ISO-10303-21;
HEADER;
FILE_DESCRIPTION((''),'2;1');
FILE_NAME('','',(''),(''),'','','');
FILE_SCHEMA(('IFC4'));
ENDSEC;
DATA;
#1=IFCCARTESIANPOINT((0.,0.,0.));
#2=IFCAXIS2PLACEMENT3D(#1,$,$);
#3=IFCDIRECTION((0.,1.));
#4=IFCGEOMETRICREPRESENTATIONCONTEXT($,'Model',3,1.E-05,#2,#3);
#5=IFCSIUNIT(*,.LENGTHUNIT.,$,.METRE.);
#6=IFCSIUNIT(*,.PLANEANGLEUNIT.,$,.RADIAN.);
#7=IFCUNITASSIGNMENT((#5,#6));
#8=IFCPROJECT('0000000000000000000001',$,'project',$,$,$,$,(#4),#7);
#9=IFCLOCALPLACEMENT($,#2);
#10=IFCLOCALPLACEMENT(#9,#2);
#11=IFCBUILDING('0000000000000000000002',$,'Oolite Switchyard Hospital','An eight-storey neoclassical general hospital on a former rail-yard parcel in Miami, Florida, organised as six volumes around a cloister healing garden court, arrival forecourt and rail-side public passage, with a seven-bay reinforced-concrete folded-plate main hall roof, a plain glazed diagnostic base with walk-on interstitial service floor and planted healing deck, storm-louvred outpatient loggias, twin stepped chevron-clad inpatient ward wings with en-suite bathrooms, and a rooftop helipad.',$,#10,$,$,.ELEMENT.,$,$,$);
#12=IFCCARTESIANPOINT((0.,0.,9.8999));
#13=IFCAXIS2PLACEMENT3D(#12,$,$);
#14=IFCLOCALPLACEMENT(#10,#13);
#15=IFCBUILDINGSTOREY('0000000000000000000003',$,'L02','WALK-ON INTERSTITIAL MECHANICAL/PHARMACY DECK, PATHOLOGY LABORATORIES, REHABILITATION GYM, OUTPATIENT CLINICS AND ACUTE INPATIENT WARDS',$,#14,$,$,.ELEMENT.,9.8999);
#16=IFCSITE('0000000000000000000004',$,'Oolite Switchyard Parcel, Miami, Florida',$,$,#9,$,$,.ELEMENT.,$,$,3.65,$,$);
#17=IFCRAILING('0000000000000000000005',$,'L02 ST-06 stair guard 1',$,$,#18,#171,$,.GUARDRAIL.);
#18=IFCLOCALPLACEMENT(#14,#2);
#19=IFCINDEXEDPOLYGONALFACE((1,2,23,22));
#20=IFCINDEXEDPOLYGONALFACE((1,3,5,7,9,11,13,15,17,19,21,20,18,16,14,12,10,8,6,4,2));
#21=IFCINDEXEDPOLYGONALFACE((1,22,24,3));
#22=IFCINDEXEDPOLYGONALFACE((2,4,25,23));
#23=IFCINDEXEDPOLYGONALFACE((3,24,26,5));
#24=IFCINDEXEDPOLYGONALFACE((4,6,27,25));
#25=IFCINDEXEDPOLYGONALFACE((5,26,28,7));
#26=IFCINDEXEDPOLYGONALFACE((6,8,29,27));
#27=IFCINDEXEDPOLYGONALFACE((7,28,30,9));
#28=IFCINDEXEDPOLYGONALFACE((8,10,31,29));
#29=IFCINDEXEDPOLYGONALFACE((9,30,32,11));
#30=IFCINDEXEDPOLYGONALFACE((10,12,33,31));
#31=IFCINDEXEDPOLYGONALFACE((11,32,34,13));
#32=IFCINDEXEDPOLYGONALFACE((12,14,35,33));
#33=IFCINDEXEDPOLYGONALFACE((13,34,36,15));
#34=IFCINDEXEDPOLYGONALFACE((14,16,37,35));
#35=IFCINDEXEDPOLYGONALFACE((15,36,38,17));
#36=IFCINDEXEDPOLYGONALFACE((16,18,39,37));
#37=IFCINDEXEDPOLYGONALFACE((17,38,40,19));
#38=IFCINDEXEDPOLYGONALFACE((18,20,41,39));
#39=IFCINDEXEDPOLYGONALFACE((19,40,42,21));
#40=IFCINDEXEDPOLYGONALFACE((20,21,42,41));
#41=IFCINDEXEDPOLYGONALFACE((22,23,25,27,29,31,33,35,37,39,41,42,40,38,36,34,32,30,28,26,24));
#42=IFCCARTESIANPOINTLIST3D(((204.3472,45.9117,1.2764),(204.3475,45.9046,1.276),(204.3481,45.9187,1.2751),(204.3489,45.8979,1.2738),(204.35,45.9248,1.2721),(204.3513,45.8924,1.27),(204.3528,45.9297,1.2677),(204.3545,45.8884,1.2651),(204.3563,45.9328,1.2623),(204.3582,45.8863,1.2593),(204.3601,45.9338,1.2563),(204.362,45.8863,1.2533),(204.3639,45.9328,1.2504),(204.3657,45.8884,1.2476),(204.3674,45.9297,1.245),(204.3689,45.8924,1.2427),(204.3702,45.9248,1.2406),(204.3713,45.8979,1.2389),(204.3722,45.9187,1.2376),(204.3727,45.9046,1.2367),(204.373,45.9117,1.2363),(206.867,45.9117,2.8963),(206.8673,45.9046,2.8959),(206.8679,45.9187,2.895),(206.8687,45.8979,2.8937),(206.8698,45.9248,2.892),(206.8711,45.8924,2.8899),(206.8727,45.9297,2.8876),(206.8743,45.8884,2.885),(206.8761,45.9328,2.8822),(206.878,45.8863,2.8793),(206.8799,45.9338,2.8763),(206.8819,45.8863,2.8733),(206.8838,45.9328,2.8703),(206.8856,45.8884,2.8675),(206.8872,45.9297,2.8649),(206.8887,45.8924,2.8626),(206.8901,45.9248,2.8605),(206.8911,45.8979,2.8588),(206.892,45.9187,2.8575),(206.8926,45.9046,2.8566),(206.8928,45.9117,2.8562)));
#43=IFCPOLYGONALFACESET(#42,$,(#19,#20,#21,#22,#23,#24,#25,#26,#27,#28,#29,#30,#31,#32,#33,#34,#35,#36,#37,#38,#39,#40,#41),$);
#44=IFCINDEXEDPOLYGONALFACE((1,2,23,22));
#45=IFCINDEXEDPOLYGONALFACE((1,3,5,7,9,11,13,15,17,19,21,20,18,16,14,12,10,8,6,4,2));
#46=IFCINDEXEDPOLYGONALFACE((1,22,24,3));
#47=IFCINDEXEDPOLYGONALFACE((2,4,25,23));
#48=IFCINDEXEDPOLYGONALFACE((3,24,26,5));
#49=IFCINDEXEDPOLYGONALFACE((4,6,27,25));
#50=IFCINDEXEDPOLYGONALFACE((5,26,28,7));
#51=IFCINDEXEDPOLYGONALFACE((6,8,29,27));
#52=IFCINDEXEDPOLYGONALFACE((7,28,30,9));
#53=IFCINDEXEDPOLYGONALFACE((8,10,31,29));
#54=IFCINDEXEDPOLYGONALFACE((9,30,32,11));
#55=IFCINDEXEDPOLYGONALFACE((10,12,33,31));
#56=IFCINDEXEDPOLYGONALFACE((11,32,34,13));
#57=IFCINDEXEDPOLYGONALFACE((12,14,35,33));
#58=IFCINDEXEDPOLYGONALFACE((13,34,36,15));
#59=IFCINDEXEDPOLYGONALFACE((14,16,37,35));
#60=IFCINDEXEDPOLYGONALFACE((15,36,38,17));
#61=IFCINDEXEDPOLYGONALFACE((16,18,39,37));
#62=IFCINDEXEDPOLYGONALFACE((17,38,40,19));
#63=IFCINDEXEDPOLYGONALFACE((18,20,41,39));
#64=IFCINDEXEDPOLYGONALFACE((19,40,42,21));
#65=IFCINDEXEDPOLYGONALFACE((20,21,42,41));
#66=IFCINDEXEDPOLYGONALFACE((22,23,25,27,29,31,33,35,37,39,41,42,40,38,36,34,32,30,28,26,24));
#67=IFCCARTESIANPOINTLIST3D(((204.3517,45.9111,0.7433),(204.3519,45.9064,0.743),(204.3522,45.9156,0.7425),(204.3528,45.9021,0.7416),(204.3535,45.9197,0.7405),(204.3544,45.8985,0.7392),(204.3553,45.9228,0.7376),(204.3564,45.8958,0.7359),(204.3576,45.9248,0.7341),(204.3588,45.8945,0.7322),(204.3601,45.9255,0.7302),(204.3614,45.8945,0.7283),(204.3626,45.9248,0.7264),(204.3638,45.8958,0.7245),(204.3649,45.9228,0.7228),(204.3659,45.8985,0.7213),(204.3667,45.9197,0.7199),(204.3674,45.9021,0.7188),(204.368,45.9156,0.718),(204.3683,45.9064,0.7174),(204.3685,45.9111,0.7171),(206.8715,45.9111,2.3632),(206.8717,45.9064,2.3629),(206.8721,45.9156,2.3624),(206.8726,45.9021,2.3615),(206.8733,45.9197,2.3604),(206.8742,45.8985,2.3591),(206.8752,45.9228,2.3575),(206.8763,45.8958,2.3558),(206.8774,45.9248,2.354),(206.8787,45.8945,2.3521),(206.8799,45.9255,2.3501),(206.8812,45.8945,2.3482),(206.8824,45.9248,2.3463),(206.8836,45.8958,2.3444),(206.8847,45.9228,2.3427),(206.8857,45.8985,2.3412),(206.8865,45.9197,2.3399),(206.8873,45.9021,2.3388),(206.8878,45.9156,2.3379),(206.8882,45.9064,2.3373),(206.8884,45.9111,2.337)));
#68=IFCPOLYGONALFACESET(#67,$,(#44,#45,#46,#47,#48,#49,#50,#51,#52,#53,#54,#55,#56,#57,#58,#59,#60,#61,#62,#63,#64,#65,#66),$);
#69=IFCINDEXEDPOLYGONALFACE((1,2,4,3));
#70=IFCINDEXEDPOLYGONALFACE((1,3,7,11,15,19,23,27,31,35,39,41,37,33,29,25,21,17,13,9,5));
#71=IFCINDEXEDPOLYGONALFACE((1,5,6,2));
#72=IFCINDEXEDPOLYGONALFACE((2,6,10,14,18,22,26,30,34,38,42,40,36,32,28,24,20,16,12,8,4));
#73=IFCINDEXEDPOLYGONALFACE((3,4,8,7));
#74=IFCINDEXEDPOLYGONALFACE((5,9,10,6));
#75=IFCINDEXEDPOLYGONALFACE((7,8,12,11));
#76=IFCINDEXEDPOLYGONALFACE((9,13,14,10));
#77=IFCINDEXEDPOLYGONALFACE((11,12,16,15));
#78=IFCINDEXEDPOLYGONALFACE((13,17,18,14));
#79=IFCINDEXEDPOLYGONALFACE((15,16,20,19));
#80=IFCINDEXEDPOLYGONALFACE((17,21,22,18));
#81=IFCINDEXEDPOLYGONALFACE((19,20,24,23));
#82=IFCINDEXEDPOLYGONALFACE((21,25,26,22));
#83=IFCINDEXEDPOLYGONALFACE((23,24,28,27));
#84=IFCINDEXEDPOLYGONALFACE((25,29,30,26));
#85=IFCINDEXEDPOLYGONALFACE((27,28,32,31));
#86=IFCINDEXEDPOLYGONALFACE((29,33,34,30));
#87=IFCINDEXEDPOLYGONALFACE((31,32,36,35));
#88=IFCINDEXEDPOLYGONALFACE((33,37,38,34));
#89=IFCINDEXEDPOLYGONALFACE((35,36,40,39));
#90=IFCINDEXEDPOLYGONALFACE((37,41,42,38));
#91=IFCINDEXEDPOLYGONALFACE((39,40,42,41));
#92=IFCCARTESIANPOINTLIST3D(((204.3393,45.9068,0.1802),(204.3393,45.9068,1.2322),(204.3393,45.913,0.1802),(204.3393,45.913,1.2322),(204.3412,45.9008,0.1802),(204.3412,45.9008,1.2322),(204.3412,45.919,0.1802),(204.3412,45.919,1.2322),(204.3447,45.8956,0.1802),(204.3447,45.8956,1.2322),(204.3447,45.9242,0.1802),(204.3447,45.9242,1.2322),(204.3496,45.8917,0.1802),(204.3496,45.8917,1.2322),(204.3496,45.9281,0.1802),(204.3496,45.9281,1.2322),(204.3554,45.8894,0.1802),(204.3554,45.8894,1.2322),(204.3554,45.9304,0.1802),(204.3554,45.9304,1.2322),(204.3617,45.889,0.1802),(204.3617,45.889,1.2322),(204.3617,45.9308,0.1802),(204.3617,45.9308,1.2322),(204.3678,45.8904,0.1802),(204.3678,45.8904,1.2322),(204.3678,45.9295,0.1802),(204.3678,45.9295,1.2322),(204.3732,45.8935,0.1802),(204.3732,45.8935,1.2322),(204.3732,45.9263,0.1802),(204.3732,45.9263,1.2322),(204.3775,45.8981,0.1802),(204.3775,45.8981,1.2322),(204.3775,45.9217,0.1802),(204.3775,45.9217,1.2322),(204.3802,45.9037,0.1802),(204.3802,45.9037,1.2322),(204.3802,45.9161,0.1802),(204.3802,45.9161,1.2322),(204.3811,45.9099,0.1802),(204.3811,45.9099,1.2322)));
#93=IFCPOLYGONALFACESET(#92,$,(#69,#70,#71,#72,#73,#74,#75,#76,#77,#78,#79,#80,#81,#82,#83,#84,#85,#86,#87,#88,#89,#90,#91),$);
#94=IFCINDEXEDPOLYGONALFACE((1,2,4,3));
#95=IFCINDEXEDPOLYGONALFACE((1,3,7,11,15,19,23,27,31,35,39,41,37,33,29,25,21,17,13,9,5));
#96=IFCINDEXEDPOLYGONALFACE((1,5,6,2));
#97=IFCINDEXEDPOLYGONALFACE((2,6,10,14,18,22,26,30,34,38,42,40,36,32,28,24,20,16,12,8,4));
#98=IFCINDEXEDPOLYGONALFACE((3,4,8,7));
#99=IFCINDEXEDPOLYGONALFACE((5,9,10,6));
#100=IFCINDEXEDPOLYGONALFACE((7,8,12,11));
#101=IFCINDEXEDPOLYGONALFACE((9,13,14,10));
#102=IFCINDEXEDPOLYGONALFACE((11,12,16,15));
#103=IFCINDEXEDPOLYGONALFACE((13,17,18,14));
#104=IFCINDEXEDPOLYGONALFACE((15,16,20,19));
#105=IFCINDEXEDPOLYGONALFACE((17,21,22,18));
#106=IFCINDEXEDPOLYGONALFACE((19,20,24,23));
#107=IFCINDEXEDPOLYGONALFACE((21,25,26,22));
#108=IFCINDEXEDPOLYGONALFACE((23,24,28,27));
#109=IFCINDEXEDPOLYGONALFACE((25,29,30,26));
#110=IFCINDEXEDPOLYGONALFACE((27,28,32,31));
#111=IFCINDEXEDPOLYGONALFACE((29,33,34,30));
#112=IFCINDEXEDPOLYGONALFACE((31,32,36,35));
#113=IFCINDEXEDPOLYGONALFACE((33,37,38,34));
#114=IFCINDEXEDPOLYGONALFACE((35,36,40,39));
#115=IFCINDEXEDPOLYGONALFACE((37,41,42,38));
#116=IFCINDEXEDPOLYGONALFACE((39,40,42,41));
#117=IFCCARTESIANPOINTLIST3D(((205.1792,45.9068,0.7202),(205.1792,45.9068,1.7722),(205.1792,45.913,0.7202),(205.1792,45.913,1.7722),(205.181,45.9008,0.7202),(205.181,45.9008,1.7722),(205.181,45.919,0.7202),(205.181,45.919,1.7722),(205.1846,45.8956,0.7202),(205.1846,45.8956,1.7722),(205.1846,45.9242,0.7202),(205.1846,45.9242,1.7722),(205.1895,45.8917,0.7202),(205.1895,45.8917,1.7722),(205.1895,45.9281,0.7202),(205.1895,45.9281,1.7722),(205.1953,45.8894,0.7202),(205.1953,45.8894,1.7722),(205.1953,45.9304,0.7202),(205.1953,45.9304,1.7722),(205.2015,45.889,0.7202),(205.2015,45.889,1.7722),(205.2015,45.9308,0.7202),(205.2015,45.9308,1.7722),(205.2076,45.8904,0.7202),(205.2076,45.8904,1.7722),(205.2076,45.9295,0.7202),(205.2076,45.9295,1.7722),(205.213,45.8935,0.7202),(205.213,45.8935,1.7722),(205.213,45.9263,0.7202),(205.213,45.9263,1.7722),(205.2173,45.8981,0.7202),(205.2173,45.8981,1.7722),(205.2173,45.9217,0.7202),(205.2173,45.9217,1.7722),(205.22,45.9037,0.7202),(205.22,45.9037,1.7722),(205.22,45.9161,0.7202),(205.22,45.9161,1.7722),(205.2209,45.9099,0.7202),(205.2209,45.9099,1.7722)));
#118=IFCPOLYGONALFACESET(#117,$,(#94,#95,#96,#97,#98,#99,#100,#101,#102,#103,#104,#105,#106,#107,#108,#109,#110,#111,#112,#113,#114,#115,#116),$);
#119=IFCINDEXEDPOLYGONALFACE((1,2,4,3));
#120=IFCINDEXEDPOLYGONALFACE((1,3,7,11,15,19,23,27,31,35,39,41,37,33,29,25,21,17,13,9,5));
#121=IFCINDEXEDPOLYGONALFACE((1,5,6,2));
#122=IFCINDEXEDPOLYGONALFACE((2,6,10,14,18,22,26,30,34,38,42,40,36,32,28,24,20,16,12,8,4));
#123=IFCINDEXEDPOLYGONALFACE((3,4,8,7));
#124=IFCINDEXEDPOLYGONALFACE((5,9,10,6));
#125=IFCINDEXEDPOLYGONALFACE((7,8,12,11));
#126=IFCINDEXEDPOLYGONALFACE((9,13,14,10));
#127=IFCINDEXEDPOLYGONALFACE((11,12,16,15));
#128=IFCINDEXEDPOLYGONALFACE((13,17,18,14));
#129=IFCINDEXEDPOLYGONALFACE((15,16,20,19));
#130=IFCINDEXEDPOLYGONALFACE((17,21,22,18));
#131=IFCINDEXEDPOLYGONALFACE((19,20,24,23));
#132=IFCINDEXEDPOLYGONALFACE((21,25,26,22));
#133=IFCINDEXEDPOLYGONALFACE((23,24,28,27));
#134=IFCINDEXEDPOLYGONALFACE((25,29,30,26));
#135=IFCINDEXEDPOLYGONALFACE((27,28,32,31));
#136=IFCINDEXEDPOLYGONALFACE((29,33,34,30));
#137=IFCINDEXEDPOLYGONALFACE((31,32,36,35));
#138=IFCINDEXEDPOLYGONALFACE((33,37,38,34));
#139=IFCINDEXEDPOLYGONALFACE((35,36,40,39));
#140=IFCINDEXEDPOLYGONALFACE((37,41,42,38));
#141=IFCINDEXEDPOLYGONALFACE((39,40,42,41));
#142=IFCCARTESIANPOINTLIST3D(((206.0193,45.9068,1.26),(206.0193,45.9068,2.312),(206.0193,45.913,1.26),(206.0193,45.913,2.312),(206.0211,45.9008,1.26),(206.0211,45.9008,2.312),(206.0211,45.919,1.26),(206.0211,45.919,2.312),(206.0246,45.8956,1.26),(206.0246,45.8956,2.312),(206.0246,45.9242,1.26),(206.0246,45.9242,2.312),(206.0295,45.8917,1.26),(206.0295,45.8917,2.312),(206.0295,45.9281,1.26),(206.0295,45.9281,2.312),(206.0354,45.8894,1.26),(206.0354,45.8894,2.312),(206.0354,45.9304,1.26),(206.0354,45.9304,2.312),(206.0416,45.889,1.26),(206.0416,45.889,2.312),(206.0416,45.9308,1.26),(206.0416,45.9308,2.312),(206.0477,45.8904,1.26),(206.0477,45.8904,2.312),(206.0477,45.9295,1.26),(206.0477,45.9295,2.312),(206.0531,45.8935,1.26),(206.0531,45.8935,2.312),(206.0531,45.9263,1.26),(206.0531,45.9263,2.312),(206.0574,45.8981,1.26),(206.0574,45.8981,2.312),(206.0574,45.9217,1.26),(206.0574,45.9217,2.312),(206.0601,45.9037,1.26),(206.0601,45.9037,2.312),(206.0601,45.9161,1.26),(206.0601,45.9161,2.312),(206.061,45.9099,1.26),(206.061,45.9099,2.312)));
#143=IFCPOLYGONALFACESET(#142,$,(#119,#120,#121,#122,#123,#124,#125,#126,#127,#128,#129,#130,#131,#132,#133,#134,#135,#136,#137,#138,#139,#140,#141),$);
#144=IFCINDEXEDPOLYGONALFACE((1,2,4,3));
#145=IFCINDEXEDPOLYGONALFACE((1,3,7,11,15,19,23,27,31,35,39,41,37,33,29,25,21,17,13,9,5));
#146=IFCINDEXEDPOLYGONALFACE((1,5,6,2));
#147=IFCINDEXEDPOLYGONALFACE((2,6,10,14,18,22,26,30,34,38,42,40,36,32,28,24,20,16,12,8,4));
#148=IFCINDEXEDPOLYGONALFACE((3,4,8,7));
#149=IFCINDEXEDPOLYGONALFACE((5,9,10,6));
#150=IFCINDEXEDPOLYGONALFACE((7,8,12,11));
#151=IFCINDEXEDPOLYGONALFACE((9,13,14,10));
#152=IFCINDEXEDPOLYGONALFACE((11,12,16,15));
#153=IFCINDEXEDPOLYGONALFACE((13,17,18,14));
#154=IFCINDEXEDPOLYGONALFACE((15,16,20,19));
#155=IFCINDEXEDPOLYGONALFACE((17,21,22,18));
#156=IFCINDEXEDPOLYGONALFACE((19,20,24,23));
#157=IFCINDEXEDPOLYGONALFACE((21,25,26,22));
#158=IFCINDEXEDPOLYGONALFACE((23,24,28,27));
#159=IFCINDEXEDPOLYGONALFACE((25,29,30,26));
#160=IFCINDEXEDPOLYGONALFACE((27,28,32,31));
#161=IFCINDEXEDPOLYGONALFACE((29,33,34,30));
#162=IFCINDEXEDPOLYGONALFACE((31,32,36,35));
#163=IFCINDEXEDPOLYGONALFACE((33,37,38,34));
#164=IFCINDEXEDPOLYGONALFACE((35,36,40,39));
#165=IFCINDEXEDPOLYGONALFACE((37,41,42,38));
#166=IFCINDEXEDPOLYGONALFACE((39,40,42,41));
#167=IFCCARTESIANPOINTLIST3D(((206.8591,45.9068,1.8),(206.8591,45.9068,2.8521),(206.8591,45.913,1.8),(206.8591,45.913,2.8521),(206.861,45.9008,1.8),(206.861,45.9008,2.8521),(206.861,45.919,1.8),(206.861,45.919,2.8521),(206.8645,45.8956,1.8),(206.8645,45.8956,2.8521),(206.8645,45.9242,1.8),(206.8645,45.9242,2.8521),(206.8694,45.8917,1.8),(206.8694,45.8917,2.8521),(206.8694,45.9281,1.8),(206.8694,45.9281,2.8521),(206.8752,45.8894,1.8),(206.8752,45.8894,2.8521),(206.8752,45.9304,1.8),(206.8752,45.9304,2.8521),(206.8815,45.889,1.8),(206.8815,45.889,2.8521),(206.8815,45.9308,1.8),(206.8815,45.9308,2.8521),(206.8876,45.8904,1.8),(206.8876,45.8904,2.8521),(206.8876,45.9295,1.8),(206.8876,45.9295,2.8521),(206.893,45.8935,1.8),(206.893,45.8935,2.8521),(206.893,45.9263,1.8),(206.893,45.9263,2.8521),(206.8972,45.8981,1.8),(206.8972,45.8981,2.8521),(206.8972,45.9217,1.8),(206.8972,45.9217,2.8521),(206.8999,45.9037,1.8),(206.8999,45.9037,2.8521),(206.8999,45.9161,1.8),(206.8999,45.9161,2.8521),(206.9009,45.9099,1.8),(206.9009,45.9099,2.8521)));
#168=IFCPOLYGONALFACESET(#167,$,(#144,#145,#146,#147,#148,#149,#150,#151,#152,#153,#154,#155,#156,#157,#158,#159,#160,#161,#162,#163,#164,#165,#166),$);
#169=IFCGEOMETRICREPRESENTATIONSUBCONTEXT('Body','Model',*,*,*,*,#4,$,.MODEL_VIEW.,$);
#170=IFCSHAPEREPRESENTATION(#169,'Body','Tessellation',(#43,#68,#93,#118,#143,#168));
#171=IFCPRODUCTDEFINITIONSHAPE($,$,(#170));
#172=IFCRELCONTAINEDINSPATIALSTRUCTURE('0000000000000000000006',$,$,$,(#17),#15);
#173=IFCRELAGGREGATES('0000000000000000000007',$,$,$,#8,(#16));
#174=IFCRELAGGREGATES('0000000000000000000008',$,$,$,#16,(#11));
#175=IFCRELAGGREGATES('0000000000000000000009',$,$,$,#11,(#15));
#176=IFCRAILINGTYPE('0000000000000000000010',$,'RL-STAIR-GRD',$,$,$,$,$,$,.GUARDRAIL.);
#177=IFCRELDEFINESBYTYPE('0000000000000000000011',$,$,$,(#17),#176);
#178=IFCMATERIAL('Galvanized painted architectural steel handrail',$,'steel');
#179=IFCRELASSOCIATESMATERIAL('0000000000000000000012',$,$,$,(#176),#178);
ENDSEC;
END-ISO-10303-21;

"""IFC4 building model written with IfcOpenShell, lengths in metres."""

from ifc_helpers import new_model, si_unit, direction, frame, origin, origin_2d, place, context, subcontext, project, spatial, circle, extrude, material, type_object, element, save


model = new_model("IFC4")

# Units and contexts
model_context = context("Model", 3, precision=1e-05, world=origin(), true_north=direction((0.0, 1.0)))
body_context = subcontext(model_context, "Body", "Model", "MODEL_VIEW")
ifc_project = project(units=[si_unit("LENGTHUNIT", "METRE"), si_unit("PLANEANGLEUNIT", "RADIAN")], contexts=[model_context])

# Site, building, storey
site_placement = place(None, origin())
site = spatial("IfcSite", under=ifc_project, at=site_placement, Name="Oolite Switchyard Parcel, Miami, Florida", CompositionType="ELEMENT", RefElevation=3.65)
building_placement = place(site_placement, origin())
building = spatial("IfcBuilding", under=site, at=building_placement, Name="Oolite Switchyard Hospital", Description="An eight-storey neoclassical general hospital on a former rail-yard parcel in Miami, Florida, organised as six volumes around a cloister healing garden court, arrival forecourt and rail-side public passage, with a seven-bay reinforced-concrete folded-plate main hall roof, a plain glazed diagnostic base with walk-on interstitial service floor and planted healing deck, storm-louvred outpatient loggias, twin stepped chevron-clad inpatient ward wings with en-suite bathrooms, and a rooftop helipad.", CompositionType="ELEMENT")
storey_placement = place(building_placement, frame((0.0, 0.0, 9.8999)))
storey = spatial("IfcBuildingStorey", under=building, at=storey_placement, Name="L02", Description="WALK-ON INTERSTITIAL MECHANICAL/PHARMACY DECK, PATHOLOGY LABORATORIES, REHABILITATION GYM, OUTPATIENT CLINICS AND ACUTE INPATIENT WARDS", CompositionType="ELEMENT", Elevation=9.8999)

# Railing
ifc_material_1 = material(Name="Galvanized painted architectural steel handrail", Category="steel")
railing_type_1 = type_object("IfcRailingType", Name="RL-STAIR-GRD", PredefinedType="GUARDRAIL", material=ifc_material_1)
railing_1_placement = place(storey_placement, frame((204.3601, 45.9099, 0.1802)))
element("IfcRailing", 1, at=railing_1_placement, inside=storey, type_object=railing_type_1, Name="L02 ST-06 stair guard 1", PredefinedType="GUARDRAIL", context=body_context, shape_type="SweptSolid", body=[
    extrude(circle(Radius=0.0239, at=origin_2d()), frame((0.0, 0.0, 1.0762), z_axis=(0.841176, 0.0, 0.540762), x_axis=(0.0, 1.0, 0.0)), (0.0, 0.0, 1.0), 2.9956),
    extrude(circle(Radius=0.0156, at=origin_2d()), frame((0.0, 0.0, 0.55), z_axis=(0.841176, 0.0, 0.540762), x_axis=(0.0, 1.0, 0.0)), (0.0, 0.0, 1.0), 2.9956),
    extrude(circle(Radius=0.021, at=origin_2d()), origin(), (0.0, 0.0, 1.0), 1.052),
    extrude(circle(Radius=0.021, at=origin_2d()), frame((0.8398, 0.0, 0.54)), (0.0, 0.0, 1.0), 1.052),
    extrude(circle(Radius=0.021, at=origin_2d()), frame((1.6799, 0.0, 1.0798)), (0.0, 0.0, 1.0), 1.052),
    extrude(circle(Radius=0.021, at=origin_2d()), frame((2.5198, 0.0, 1.6199)), (0.0, 0.0, 1.0), 1.052),
])

save(model, "model.ifc")
